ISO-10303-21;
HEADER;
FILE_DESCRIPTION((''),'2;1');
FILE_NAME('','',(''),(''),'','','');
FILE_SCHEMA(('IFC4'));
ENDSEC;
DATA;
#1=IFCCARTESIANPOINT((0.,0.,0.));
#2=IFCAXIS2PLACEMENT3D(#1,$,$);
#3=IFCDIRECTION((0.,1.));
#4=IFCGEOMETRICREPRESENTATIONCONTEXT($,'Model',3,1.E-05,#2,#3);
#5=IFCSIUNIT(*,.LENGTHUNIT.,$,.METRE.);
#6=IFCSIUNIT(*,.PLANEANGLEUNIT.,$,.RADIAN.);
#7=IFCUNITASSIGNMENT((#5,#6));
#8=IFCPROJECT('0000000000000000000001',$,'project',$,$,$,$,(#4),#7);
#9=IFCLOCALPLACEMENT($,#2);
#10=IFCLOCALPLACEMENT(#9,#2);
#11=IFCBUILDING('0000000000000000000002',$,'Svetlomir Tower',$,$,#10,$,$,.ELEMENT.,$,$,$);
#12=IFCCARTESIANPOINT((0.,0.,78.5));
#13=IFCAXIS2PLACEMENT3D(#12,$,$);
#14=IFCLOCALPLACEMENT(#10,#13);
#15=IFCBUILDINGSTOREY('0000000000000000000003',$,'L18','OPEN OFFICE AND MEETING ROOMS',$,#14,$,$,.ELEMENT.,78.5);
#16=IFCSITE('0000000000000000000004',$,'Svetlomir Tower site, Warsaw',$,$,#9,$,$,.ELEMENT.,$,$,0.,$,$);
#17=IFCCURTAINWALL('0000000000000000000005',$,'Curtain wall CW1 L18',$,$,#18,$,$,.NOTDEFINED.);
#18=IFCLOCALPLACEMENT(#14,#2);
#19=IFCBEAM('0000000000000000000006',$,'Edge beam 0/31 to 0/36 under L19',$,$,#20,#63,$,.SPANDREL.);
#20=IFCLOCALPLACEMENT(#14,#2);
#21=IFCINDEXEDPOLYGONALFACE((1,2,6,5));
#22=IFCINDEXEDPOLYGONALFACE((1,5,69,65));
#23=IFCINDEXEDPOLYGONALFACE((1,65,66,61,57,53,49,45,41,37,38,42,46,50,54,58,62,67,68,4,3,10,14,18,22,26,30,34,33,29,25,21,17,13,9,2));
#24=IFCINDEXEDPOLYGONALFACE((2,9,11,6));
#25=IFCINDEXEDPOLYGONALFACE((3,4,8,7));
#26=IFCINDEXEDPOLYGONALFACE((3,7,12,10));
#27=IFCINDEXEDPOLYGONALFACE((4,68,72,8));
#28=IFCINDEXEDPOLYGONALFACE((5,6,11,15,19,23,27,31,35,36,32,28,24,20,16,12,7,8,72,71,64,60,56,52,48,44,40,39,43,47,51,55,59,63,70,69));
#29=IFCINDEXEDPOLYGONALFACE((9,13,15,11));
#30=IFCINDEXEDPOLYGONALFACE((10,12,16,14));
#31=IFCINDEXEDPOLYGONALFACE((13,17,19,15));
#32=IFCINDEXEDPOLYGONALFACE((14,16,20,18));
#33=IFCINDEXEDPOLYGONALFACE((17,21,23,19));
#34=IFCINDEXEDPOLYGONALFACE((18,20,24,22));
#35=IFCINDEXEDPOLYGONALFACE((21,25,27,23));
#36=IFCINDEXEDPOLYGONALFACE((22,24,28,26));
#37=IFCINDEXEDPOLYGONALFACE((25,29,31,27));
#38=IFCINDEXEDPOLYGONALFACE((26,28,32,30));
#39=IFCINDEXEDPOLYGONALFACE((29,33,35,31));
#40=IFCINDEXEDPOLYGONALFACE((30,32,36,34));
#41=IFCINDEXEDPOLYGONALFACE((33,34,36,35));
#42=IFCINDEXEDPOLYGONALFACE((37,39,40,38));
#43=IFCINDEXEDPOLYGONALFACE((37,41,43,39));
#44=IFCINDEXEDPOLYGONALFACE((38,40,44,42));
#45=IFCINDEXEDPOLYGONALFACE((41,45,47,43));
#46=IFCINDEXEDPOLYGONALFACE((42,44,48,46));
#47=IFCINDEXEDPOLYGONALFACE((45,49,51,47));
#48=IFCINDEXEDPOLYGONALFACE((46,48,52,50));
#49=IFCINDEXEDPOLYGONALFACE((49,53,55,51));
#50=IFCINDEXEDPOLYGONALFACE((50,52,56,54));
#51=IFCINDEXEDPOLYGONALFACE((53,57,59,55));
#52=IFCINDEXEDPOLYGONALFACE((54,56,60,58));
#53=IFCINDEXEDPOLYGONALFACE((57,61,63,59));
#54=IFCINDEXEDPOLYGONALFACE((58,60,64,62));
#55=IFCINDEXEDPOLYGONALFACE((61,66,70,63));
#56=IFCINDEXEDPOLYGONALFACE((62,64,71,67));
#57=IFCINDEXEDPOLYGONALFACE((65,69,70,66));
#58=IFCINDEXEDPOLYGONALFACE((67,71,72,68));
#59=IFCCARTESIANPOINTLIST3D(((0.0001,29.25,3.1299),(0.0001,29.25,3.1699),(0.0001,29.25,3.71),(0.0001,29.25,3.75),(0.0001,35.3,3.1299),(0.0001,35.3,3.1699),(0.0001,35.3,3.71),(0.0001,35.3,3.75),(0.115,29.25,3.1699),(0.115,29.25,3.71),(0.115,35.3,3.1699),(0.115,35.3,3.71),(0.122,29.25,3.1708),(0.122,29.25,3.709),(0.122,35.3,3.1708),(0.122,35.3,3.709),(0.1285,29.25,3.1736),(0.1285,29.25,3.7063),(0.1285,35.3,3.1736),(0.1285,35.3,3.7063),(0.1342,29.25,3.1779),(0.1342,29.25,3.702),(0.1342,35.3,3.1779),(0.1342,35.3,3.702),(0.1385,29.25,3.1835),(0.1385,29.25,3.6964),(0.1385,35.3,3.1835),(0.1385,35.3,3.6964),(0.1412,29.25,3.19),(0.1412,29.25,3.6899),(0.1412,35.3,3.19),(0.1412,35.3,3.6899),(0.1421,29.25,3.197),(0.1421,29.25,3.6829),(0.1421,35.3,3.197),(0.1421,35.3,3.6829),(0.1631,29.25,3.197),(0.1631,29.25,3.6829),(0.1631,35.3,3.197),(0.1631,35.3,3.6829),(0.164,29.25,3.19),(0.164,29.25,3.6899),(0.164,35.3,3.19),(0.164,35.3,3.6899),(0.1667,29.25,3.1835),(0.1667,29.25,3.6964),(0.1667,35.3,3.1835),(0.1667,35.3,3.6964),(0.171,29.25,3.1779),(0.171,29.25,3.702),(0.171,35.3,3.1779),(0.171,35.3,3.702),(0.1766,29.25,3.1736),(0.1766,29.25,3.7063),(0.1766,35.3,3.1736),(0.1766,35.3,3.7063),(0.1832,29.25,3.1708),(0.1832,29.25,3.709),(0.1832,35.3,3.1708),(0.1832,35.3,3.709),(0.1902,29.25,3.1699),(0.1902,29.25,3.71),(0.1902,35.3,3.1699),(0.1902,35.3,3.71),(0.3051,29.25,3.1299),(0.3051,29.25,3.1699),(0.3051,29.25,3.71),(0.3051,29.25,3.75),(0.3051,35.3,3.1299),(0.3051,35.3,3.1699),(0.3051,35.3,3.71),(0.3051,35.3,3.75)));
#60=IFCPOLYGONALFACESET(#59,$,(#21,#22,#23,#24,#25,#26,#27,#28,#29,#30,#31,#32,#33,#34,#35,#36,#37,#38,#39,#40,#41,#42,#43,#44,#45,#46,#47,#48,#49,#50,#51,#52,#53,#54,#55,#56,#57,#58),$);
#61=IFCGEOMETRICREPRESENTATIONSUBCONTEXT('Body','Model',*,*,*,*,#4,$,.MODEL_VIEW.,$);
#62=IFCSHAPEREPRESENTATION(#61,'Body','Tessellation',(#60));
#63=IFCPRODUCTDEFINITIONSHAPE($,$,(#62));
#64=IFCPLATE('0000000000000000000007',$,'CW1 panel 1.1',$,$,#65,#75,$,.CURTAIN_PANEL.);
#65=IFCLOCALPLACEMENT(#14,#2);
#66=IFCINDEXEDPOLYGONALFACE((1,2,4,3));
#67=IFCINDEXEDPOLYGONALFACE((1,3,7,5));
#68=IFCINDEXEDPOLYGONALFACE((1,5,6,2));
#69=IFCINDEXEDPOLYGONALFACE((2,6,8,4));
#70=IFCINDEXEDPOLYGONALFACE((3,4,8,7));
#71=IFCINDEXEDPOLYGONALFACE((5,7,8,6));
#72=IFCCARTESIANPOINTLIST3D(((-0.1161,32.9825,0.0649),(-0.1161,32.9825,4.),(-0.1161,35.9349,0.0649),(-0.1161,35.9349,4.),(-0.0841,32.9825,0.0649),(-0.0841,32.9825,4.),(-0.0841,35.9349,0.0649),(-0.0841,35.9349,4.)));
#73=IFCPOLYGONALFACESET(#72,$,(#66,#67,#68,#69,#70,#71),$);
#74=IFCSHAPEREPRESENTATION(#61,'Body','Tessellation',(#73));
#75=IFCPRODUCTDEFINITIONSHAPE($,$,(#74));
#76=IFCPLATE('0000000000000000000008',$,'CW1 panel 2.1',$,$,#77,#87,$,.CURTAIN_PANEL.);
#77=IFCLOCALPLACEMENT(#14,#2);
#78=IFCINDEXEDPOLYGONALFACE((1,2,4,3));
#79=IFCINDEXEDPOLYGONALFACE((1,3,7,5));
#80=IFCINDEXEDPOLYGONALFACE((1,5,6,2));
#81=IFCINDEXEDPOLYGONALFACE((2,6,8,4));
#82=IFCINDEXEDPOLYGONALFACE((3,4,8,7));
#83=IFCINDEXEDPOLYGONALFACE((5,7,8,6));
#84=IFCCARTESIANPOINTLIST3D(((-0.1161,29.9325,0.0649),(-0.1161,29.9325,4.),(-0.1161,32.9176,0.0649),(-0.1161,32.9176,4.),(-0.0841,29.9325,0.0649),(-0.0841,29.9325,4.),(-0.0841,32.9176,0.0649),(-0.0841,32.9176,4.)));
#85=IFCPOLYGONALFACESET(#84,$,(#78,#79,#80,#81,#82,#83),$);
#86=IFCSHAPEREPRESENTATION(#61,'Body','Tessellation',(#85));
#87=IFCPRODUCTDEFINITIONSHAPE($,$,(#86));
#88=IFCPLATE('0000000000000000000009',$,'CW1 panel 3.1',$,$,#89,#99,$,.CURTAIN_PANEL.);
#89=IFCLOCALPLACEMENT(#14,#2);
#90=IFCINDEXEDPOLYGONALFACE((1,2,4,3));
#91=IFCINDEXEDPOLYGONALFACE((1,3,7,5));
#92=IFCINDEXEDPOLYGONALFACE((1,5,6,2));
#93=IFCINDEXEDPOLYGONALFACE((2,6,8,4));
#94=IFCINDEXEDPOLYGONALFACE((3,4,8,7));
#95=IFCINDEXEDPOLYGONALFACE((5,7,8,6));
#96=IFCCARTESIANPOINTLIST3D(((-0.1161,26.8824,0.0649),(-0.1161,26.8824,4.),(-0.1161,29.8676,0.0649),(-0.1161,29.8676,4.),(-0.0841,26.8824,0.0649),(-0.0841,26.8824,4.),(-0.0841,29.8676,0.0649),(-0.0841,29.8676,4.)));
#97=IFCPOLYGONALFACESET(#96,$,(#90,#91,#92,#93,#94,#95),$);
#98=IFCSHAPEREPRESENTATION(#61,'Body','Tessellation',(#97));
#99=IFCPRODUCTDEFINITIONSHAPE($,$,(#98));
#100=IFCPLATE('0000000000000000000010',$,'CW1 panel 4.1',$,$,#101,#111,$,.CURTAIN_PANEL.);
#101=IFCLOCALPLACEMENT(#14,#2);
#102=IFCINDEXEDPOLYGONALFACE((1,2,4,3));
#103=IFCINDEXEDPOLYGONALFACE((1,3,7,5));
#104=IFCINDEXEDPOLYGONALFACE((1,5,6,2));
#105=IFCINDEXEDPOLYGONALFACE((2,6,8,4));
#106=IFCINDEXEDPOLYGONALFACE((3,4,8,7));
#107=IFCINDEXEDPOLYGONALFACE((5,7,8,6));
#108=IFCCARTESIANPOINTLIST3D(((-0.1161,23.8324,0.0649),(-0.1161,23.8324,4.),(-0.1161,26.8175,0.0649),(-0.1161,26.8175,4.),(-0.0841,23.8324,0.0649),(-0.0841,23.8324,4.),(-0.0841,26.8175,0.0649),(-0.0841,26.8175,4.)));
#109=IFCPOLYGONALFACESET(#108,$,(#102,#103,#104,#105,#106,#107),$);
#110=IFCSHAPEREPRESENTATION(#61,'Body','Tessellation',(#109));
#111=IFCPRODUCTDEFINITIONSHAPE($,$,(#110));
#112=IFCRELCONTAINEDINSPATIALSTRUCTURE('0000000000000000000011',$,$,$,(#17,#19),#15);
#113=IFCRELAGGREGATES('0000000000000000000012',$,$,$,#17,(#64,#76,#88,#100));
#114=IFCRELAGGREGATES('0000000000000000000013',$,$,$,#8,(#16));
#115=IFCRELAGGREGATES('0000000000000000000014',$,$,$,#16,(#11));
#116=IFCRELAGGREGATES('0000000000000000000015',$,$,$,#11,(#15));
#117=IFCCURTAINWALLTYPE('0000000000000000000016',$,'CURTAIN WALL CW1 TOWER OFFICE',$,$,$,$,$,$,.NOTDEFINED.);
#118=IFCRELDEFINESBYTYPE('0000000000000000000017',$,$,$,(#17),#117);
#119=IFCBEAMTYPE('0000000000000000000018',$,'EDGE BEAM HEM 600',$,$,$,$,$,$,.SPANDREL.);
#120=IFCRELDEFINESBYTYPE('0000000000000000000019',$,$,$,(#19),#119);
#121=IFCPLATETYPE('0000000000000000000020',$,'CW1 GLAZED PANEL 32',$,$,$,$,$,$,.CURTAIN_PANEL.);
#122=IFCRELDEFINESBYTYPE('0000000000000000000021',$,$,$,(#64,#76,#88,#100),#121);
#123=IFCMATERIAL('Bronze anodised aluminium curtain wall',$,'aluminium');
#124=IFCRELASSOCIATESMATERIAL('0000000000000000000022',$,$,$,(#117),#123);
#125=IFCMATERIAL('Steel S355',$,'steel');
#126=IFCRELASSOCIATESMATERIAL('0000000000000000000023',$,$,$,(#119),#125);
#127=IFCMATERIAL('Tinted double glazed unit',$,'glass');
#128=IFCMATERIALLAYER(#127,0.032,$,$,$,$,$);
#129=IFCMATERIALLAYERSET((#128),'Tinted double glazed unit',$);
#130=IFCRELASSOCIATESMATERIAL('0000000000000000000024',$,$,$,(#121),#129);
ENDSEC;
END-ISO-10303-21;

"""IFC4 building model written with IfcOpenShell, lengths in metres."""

from ifc_helpers import new_model, si_unit, direction, frame, origin, origin_2d, place, context, subcontext, project, spatial, rectangle, i_section, extrude, material, layer, layer_set, material_profile, profile_set, type_object, element, aggregate, save


model = new_model("IFC4")

# Units and contexts
model_context = context("Model", 3, precision=1e-05, world=origin(), true_north=direction((0.0, 1.0)))
body_context = subcontext(model_context, "Body", "Model", "MODEL_VIEW")
ifc_project = project(units=[si_unit("LENGTHUNIT", "METRE"), si_unit("PLANEANGLEUNIT", "RADIAN")], contexts=[model_context])

# Site, building, storey
site_placement = place(None, origin())
site = spatial("IfcSite", under=ifc_project, at=site_placement, Name="Svetlomir Tower site, Warsaw", CompositionType="ELEMENT", RefElevation=0.0)
building_placement = place(site_placement, origin())
building = spatial("IfcBuilding", under=site, at=building_placement, Name="Svetlomir Tower", CompositionType="ELEMENT")
storey_placement = place(building_placement, frame((0.0, 0.0, 78.5)))
storey = spatial("IfcBuildingStorey", under=building, at=storey_placement, Name="L18", Description="OPEN OFFICE AND MEETING ROOMS", CompositionType="ELEMENT", Elevation=78.5)

# Curtain wall
ifc_material_1 = material(Name="Bronze anodised aluminium curtain wall", Category="aluminium")
curtain_wall_type = type_object("IfcCurtainWallType", Name="CURTAIN WALL CW1 TOWER OFFICE", PredefinedType="NOTDEFINED", material=ifc_material_1)
curtain_wall_placement = place(storey_placement, origin())
curtain_wall = element("IfcCurtainWall", 1, at=curtain_wall_placement, inside=storey, type_object=curtain_wall_type, Name="Curtain wall CW1 L18", PredefinedType="NOTDEFINED")

# Beam
ifc_material_2 = material(Name="Steel S355", Category="steel")
ifc_material_profile_1 = material_profile(ifc_material_2, i_section(OverallWidth=0.3049, OverallDepth=0.6201, WebThickness=0.021, FlangeThickness=0.04, FilletRadius=0.0271, at=origin_2d()), Name="HEM 600")
ifc_profile_set_1 = profile_set([ifc_material_profile_1], Name="Steel S355")
beam_type = type_object("IfcBeamType", Name="EDGE BEAM HEM 600", PredefinedType="SPANDREL", material=ifc_profile_set_1)
beam_1_placement = place(storey_placement, frame((0.1526, 29.25, 3.4399), z_axis=(0.0, 1.0, 0.0), x_axis=(-1.0, 0.0, 0.0)))
element("IfcBeam", 2, at=beam_1_placement, inside=storey, type_object=beam_type, Name="Edge beam 0/31 to 0/36 under L19", PredefinedType="SPANDREL", context=body_context, shape_type="SweptSolid", body=[
    extrude(i_section(OverallWidth=0.3049, OverallDepth=0.6201, WebThickness=0.021, FlangeThickness=0.04, FilletRadius=0.0271, at=origin_2d()), origin(), (0.0, 0.0, 1.0), 6.05),
])

# Plates
ifc_material_3 = material(Name="Tinted double glazed unit", Category="glass")
ifc_layer = layer(ifc_material_3, 0.032)
ifc_layer_set = layer_set([ifc_layer], Name="Tinted double glazed unit")
plate_type = type_object("IfcPlateType", Name="CW1 GLAZED PANEL 32", PredefinedType="CURTAIN_PANEL", material=ifc_layer_set)
plate_1_placement = place(storey_placement, frame((-0.1001, 34.4587, 0.0649), z_axis=(0.0, 0.0, 1.0), x_axis=(0.0, -1.0, 0.0)))
plate_1 = element("IfcPlate", 3, at=plate_1_placement, type_object=plate_type, Name="CW1 panel 1.1", PredefinedType="CURTAIN_PANEL", context=body_context, shape_type="SweptSolid", body=[
    extrude(rectangle(XDim=2.9524, YDim=0.032, at=origin_2d()), origin(), (0.0, 0.0, 1.0), 3.9351),
])
plate_2_placement = place(storey_placement, frame((-0.1001, 31.425, 0.0649), z_axis=(0.0, 0.0, 1.0), x_axis=(0.0, -1.0, 0.0)))
plate_2 = element("IfcPlate", 4, at=plate_2_placement, type_object=plate_type, Name="CW1 panel 2.1", PredefinedType="CURTAIN_PANEL", context=body_context, shape_type="SweptSolid", body=[
    extrude(rectangle(XDim=2.9851, YDim=0.032, at=origin_2d()), origin(), (0.0, 0.0, 1.0), 3.9351),
])
plate_3_placement = place(storey_placement, frame((-0.1001, 28.375, 0.0649), z_axis=(0.0, 0.0, 1.0), x_axis=(0.0, -1.0, 0.0)))
plate_3 = element("IfcPlate", 5, at=plate_3_placement, type_object=plate_type, Name="CW1 panel 3.1", PredefinedType="CURTAIN_PANEL", context=body_context, shape_type="SweptSolid", body=[
    extrude(rectangle(XDim=2.9851, YDim=0.032, at=origin_2d()), origin(), (0.0, 0.0, 1.0), 3.9351),
])
plate_4_placement = place(storey_placement, frame((-0.1001, 25.325, 0.0649), z_axis=(0.0, 0.0, 1.0), x_axis=(0.0, -1.0, 0.0)))
plate_4 = element("IfcPlate", 6, at=plate_4_placement, type_object=plate_type, Name="CW1 panel 4.1", PredefinedType="CURTAIN_PANEL", context=body_context, shape_type="SweptSolid", body=[
    extrude(rectangle(XDim=2.9851, YDim=0.032, at=origin_2d()), origin(), (0.0, 0.0, 1.0), 3.9351),
])
aggregate(curtain_wall, [plate_1, plate_2, plate_3, plate_4])

save(model, "model.ifc")
